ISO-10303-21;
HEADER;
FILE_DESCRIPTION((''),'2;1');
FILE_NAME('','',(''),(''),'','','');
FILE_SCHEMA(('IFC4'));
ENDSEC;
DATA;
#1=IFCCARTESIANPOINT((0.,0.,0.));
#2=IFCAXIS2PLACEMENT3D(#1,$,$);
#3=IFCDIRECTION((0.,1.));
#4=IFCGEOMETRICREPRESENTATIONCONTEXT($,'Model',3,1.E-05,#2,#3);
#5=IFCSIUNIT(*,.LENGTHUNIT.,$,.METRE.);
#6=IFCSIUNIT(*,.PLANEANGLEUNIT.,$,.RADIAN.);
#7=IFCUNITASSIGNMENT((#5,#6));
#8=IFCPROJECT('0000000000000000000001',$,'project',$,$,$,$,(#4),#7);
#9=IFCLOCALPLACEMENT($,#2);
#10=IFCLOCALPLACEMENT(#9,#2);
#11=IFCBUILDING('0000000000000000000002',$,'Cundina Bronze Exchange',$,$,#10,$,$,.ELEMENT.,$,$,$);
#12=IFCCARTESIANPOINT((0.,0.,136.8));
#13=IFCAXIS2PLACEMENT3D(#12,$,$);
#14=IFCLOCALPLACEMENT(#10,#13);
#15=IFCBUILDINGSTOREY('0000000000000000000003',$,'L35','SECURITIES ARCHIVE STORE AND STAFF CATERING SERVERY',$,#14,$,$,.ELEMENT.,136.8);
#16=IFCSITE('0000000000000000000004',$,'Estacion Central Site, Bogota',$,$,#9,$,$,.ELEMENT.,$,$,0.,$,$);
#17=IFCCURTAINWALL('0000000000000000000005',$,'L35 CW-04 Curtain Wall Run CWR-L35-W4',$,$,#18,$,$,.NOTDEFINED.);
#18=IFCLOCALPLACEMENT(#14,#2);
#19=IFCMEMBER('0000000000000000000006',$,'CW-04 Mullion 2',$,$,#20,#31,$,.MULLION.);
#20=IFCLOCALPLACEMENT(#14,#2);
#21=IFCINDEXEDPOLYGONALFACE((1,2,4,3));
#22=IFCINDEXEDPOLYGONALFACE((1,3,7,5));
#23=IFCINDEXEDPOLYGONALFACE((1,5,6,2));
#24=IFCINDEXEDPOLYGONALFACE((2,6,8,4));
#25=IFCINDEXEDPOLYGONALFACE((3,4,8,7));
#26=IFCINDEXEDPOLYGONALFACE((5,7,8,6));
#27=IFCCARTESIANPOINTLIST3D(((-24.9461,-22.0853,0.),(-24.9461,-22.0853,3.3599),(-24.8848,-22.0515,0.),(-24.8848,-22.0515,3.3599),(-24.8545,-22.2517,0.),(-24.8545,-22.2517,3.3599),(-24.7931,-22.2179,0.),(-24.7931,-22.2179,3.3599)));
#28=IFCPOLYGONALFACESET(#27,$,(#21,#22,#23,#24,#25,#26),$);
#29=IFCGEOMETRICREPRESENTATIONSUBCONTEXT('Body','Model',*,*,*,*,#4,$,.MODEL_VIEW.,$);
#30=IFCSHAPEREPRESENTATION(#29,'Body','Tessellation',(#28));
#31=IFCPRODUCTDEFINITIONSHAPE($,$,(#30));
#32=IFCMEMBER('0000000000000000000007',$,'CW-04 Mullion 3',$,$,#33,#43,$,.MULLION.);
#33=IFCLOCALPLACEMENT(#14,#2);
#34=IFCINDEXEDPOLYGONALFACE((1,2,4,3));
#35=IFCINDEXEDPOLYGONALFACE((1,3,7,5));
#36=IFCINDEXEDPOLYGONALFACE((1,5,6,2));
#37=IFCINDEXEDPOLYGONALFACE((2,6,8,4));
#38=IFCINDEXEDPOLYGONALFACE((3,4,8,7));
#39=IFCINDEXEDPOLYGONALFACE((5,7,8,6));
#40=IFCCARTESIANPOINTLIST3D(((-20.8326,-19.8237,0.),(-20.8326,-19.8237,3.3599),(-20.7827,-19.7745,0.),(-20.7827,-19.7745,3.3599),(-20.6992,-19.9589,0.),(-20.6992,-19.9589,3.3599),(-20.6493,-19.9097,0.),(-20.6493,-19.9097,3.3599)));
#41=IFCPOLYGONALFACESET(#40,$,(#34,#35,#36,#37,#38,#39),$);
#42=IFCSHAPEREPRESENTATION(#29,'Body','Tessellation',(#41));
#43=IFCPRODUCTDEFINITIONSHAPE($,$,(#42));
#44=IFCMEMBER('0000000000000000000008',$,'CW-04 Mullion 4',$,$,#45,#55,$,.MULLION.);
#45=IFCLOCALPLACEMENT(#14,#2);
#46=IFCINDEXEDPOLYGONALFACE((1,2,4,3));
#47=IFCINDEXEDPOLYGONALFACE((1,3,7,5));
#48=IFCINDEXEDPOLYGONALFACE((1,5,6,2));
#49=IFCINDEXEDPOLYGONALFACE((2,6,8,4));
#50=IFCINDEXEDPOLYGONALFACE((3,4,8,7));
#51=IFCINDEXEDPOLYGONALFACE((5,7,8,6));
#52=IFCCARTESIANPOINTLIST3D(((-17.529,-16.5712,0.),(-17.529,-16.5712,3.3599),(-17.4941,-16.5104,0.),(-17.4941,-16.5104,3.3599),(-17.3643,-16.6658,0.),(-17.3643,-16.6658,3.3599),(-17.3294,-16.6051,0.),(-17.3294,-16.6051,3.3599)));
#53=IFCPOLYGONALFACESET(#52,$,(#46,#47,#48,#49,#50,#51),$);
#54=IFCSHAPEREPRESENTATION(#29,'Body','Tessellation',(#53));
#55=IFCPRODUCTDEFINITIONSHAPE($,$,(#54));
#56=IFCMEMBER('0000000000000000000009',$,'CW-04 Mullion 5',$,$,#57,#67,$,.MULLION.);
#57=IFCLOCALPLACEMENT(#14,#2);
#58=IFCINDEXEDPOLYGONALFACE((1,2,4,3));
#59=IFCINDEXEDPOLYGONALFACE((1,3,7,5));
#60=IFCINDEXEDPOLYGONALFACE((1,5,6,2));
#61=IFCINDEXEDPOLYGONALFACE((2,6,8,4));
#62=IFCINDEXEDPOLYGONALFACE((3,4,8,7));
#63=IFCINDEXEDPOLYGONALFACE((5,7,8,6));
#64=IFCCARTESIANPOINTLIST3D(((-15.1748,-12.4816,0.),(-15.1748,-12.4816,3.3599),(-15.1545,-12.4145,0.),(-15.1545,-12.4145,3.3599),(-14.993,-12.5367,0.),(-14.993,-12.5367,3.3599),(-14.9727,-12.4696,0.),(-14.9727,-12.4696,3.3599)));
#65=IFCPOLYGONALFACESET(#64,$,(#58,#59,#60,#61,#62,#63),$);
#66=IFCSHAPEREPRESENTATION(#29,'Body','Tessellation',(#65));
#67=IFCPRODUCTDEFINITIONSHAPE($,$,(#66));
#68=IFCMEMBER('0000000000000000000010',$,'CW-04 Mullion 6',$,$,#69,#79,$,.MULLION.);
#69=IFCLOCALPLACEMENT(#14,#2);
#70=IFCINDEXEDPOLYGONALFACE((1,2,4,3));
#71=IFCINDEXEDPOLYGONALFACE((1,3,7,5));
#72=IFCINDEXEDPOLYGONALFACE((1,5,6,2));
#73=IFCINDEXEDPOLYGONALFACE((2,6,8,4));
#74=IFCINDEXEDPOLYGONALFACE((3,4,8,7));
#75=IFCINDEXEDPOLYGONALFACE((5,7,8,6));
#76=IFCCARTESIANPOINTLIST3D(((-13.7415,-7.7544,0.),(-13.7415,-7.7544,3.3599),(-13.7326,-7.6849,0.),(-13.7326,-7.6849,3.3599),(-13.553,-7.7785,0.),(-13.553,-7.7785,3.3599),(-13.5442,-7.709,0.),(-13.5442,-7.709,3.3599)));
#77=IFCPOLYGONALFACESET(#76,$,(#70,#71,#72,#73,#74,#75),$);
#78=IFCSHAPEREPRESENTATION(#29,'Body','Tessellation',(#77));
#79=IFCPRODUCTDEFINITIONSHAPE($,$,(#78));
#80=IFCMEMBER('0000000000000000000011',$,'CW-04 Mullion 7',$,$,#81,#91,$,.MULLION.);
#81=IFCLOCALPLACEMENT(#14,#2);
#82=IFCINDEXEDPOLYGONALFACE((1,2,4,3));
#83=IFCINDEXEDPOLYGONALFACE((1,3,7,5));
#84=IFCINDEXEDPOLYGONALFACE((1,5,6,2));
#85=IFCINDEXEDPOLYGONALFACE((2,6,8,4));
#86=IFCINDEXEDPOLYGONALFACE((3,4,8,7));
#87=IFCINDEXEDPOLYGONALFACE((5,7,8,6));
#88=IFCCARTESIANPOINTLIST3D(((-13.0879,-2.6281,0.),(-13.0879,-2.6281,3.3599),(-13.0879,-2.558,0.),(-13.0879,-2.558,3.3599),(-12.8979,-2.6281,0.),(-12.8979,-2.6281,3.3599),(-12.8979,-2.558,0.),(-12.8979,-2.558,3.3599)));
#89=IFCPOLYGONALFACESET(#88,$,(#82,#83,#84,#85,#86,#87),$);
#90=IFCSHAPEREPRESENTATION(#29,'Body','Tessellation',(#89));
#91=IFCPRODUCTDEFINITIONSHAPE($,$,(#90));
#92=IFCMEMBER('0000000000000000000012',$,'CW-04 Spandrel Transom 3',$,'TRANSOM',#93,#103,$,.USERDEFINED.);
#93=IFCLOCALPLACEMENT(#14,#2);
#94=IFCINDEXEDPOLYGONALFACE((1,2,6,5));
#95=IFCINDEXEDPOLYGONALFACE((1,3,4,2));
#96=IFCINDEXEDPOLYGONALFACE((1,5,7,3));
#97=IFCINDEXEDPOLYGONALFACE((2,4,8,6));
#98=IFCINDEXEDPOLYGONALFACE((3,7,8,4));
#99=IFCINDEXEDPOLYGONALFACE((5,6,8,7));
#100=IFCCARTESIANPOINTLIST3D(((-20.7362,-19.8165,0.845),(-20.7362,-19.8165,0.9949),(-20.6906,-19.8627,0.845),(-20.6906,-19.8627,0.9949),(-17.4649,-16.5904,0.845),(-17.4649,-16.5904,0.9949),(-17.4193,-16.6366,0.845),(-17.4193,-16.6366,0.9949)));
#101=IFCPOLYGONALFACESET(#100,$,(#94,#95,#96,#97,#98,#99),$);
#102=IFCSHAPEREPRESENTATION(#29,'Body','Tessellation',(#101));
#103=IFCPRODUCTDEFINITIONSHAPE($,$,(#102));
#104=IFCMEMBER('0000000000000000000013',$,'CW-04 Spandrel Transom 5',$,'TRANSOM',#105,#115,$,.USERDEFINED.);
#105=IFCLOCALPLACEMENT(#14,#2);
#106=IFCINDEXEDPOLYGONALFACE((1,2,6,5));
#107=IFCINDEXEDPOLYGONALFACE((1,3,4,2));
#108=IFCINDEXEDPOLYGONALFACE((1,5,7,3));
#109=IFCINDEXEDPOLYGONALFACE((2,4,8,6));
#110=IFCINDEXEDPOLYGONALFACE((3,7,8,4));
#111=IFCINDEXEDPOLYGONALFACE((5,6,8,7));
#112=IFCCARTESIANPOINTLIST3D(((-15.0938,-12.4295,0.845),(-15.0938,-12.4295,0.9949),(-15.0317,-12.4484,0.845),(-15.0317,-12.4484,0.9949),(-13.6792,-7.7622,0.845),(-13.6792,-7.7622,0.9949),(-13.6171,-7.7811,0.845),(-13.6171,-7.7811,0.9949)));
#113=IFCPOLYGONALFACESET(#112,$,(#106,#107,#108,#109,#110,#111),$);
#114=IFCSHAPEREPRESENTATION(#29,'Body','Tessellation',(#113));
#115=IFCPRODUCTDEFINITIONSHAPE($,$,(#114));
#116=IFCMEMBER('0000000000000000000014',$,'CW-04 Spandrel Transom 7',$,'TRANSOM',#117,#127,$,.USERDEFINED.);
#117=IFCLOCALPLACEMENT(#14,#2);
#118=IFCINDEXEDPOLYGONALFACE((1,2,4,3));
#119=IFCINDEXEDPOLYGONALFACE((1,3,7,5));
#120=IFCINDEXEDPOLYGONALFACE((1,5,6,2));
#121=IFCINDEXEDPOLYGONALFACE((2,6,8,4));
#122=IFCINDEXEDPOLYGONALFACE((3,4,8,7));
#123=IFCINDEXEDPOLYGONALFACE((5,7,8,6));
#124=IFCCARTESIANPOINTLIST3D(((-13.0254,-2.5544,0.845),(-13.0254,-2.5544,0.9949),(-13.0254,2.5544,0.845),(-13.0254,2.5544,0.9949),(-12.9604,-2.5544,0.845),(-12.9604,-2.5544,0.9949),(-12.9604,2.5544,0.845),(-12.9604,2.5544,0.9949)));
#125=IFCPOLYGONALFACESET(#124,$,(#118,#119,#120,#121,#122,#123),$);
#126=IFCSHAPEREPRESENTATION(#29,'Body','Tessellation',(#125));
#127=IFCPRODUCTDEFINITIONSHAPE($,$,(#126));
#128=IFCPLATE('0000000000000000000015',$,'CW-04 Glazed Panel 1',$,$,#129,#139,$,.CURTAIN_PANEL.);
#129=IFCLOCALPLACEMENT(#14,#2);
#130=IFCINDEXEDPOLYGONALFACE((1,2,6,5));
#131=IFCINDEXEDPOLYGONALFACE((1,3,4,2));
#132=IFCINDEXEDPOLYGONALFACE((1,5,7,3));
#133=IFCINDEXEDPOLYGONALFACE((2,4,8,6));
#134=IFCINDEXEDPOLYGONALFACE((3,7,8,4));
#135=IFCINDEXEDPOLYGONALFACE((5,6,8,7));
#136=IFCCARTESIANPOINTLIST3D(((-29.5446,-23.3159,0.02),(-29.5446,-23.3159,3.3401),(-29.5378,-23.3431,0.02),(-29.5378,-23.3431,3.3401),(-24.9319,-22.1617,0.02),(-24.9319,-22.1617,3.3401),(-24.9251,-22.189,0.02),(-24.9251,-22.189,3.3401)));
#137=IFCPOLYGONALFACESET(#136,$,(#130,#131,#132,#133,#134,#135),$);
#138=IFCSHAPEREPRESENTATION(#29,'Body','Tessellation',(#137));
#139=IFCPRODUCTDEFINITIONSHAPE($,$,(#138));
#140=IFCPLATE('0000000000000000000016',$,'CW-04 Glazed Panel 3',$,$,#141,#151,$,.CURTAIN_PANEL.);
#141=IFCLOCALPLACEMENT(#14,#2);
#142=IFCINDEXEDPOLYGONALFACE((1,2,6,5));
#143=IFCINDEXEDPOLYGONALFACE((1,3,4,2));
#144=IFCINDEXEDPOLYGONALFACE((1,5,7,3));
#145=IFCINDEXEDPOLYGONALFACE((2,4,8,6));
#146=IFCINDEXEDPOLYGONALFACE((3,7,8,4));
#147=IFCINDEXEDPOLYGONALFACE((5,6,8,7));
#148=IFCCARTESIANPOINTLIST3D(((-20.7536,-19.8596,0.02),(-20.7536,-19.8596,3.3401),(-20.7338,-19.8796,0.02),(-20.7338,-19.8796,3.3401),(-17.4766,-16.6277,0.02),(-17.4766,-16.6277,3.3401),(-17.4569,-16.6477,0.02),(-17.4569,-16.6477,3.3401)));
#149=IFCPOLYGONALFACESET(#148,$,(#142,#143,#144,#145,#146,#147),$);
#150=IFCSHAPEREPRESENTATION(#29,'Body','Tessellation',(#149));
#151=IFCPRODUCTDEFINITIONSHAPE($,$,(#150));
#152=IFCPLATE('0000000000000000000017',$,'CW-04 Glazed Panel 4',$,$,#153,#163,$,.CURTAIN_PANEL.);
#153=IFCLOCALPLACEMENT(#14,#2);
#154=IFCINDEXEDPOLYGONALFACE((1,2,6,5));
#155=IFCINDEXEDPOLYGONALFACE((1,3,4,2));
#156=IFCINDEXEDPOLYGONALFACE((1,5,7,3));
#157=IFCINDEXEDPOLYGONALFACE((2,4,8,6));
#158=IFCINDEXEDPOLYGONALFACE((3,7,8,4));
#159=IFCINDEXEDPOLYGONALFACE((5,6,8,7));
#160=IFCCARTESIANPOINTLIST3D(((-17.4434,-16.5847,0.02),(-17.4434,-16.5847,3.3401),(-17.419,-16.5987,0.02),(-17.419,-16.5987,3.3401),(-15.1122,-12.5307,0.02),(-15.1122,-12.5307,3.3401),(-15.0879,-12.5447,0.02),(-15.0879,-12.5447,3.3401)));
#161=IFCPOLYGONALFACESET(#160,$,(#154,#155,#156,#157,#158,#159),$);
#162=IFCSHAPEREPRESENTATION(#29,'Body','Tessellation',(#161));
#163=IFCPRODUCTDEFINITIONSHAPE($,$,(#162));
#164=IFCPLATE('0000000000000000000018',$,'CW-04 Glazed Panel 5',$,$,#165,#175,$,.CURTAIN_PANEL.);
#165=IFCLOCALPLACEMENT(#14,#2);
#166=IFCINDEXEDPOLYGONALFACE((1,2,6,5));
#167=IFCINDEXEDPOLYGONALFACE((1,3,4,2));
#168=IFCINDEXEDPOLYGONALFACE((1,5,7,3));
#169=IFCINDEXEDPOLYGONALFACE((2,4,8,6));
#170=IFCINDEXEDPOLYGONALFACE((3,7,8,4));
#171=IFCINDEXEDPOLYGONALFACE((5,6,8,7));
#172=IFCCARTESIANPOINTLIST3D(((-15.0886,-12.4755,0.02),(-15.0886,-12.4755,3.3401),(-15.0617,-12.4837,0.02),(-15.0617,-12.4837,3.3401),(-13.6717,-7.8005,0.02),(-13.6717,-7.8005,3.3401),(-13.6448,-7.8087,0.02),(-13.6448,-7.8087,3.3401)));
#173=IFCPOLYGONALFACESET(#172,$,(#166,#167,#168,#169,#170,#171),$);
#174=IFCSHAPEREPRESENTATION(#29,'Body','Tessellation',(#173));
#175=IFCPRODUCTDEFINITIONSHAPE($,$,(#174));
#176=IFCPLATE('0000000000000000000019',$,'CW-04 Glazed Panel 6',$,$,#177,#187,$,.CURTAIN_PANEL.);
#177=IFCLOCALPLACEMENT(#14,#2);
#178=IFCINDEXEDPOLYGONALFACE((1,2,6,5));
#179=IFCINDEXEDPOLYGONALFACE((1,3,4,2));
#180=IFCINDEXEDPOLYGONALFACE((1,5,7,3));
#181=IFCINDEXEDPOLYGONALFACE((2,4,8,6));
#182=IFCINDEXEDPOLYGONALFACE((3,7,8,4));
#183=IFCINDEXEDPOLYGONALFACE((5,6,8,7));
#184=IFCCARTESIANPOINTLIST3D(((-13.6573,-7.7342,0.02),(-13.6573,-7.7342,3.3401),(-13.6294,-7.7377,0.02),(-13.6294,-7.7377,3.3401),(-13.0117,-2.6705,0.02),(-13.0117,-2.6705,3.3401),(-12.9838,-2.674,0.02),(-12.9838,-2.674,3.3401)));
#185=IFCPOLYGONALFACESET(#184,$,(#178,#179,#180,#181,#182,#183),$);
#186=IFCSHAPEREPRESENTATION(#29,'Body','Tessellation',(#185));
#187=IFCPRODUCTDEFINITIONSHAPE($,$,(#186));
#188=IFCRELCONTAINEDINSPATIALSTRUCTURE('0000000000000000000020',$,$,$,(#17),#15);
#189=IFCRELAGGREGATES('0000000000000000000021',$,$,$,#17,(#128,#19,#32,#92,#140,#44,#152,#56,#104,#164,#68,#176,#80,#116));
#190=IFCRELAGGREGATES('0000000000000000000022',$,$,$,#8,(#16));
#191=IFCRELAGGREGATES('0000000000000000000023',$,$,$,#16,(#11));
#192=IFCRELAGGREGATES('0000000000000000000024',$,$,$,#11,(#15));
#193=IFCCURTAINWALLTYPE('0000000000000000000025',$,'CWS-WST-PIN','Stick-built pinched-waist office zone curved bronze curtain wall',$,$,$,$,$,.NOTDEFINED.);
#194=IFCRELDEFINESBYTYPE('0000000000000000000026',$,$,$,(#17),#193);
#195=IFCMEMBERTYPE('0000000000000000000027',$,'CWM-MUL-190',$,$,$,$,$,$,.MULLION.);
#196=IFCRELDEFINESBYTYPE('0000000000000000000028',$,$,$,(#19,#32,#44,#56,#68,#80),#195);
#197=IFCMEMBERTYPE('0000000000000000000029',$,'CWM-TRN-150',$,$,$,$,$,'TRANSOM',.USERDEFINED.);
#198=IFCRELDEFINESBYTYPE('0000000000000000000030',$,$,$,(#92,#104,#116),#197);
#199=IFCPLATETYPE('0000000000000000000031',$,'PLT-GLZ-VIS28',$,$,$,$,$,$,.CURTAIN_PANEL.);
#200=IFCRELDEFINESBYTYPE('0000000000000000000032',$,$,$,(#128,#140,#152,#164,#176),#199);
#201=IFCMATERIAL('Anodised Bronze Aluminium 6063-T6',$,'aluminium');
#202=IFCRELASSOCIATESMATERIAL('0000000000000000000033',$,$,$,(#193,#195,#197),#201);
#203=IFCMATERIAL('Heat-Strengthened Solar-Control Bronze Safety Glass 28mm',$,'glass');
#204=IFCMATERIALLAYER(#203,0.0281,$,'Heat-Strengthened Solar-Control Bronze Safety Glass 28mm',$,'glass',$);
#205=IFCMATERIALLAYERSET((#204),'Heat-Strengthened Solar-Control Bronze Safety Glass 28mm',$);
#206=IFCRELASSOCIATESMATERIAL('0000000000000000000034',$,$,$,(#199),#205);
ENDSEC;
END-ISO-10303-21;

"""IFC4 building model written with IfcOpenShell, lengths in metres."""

from ifc_helpers import new_model, si_unit, direction, frame, origin, origin_2d, place, context, subcontext, project, spatial, rectangle, extrude, material, layer, layer_set, material_profile, profile_set, type_object, element, aggregate, save


model = new_model("IFC4")

# Units and contexts
model_context = context("Model", 3, precision=1e-05, world=origin(), true_north=direction((0.0, 1.0)))
body_context = subcontext(model_context, "Body", "Model", "MODEL_VIEW")
ifc_project = project(units=[si_unit("LENGTHUNIT", "METRE"), si_unit("PLANEANGLEUNIT", "RADIAN")], contexts=[model_context])

# Site, building, storey
site_placement = place(None, origin())
site = spatial("IfcSite", under=ifc_project, at=site_placement, Name="Estacion Central Site, Bogota", CompositionType="ELEMENT", RefElevation=0.0)
building_placement = place(site_placement, origin())
building = spatial("IfcBuilding", under=site, at=building_placement, Name="Cundina Bronze Exchange", CompositionType="ELEMENT")
storey_placement = place(building_placement, frame((0.0, 0.0, 136.8)))
storey = spatial("IfcBuildingStorey", under=building, at=storey_placement, Name="L35", Description="SECURITIES ARCHIVE STORE AND STAFF CATERING SERVERY", CompositionType="ELEMENT", Elevation=136.8)

# Curtain wall, members, plates
ifc_material_1 = material(Name="Anodised Bronze Aluminium 6063-T6", Category="aluminium")
curtain_wall_type = type_object("IfcCurtainWallType", Name="CWS-WST-PIN", Description="Stick-built pinched-waist office zone curved bronze curtain wall", PredefinedType="NOTDEFINED", material=ifc_material_1)
curtain_wall_placement = place(storey_placement, origin())
curtain_wall = element("IfcCurtainWall", 1, at=curtain_wall_placement, inside=storey, type_object=curtain_wall_type, Name="L35 CW-04 Curtain Wall Run CWR-L35-W4", PredefinedType="NOTDEFINED")
ifc_material_profile_1 = material_profile(ifc_material_1, rectangle(XDim=0.0701, YDim=0.1899, at=origin_2d()), Name="AL70X190", Category="aluminium")
ifc_profile_set_1 = profile_set([ifc_material_profile_1], Name="Anodised Bronze Aluminium 6063-T6")
member_type_1 = type_object("IfcMemberType", Name="CWM-MUL-190", PredefinedType="MULLION", material=ifc_profile_set_1)
member_1_placement = place(storey_placement, frame((-24.8696, -22.1516, 0.0), z_axis=(0.0, 0.0, 1.0), x_axis=(0.875886, 0.482518, 0.0)))
member_1 = element("IfcMember", 2, at=member_1_placement, type_object=member_type_1, Name="CW-04 Mullion 2", PredefinedType="MULLION", context=body_context, shape_type="SweptSolid", body=[
    extrude(rectangle(XDim=0.0701, YDim=0.1899, at=origin_2d()), origin(), (0.0, 0.0, 1.0), 3.3599),
])
member_2_placement = place(storey_placement, frame((-20.741, -19.8667, 0.0), z_axis=(0.0, 0.0, 1.0), x_axis=(0.712026, 0.702153, 0.0)))
member_2 = element("IfcMember", 3, at=member_2_placement, type_object=member_type_1, Name="CW-04 Mullion 3", PredefinedType="MULLION", context=body_context, shape_type="SweptSolid", body=[
    extrude(rectangle(XDim=0.0701, YDim=0.1899, at=origin_2d()), origin(), (0.0, 0.0, 1.0), 3.3599),
])
member_3_placement = place(storey_placement, frame((-17.4292, -16.5881, 0.0), z_axis=(0.0, 0.0, 1.0), x_axis=(0.498488, 0.866897, 0.0)))
member_3 = element("IfcMember", 4, at=member_3_placement, type_object=member_type_1, Name="CW-04 Mullion 4", PredefinedType="MULLION", context=body_context, shape_type="SweptSolid", body=[
    extrude(rectangle(XDim=0.0701, YDim=0.1899, at=origin_2d()), origin(), (0.0, 0.0, 1.0), 3.3599),
])
member_4_placement = place(storey_placement, frame((-15.0737, -12.4756, 0.0), z_axis=(0.0, 0.0, 1.0), x_axis=(0.290034, 0.957016, 0.0)))
member_4 = element("IfcMember", 5, at=member_4_placement, type_object=member_type_1, Name="CW-04 Mullion 5", PredefinedType="MULLION", context=body_context, shape_type="SweptSolid", body=[
    extrude(rectangle(XDim=0.0701, YDim=0.1899, at=origin_2d()), origin(), (0.0, 0.0, 1.0), 3.3599),
])
member_5_placement = place(storey_placement, frame((-13.6428, -7.7317, 0.0), z_axis=(0.0, 0.0, 1.0), x_axis=(0.126545, 0.991961, 0.0)))
member_5 = element("IfcMember", 6, at=member_5_placement, type_object=member_type_1, Name="CW-04 Mullion 6", PredefinedType="MULLION", context=body_context, shape_type="SweptSolid", body=[
    extrude(rectangle(XDim=0.0701, YDim=0.1899, at=origin_2d()), origin(), (0.0, 0.0, 1.0), 3.3599),
])
member_6_placement = place(storey_placement, frame((-12.9929, -2.593, 0.0), z_axis=(0.0, 0.0, 1.0), x_axis=(0.0, 1.0, 0.0)))
member_6 = element("IfcMember", 7, at=member_6_placement, type_object=member_type_1, Name="CW-04 Mullion 7", PredefinedType="MULLION", context=body_context, shape_type="SweptSolid", body=[
    extrude(rectangle(XDim=0.0701, YDim=0.1899, at=origin_2d()), origin(), (0.0, 0.0, 1.0), 3.3599),
])
ifc_material_profile_2 = material_profile(ifc_material_1, rectangle(XDim=0.0649, YDim=0.1499, at=origin_2d()), Name="AL65X150", Category="aluminium")
ifc_profile_set_2 = profile_set([ifc_material_profile_2], Name="Anodised Bronze Aluminium 6063-T6")
member_type_2 = type_object("IfcMemberType", Name="CWM-TRN-150", ElementType="TRANSOM", PredefinedType="USERDEFINED", material=ifc_profile_set_2)
member_7_placement = place(storey_placement, frame((-20.7134, -19.8396, 0.9199), z_axis=(0.712005, 0.702174, 0.0), x_axis=(-0.702174, 0.712005, 0.0)))
member_7 = element("IfcMember", 8, at=member_7_placement, type_object=member_type_2, Name="CW-04 Spandrel Transom 3", ObjectType="TRANSOM", PredefinedType="USERDEFINED", context=body_context, shape_type="SweptSolid", body=[
    extrude(rectangle(XDim=0.0649, YDim=0.1499, at=origin_2d()), origin(), (0.0, 0.0, 1.0), 4.5945),
])
member_8_placement = place(storey_placement, frame((-15.0627, -12.439, 0.9199), z_axis=(0.290052, 0.957011, 0.0), x_axis=(-0.957011, 0.290052, 0.0)))
member_8 = element("IfcMember", 9, at=member_8_placement, type_object=member_type_2, Name="CW-04 Spandrel Transom 5", ObjectType="TRANSOM", PredefinedType="USERDEFINED", context=body_context, shape_type="SweptSolid", body=[
    extrude(rectangle(XDim=0.0649, YDim=0.1499, at=origin_2d()), origin(), (0.0, 0.0, 1.0), 4.877),
])
member_9_placement = place(storey_placement, frame((-12.9929, -2.5544, 0.9199), z_axis=(0.0, 1.0, 0.0), x_axis=(-1.0, 0.0, 0.0)))
member_9 = element("IfcMember", 10, at=member_9_placement, type_object=member_type_2, Name="CW-04 Spandrel Transom 7", ObjectType="TRANSOM", PredefinedType="USERDEFINED", context=body_context, shape_type="SweptSolid", body=[
    extrude(rectangle(XDim=0.0649, YDim=0.1499, at=origin_2d()), origin(), (0.0, 0.0, 1.0), 5.1089),
])
ifc_material_2 = material(Name="Heat-Strengthened Solar-Control Bronze Safety Glass 28mm", Category="glass")
ifc_layer_1 = layer(ifc_material_2, 0.0281, Name="Heat-Strengthened Solar-Control Bronze Safety Glass 28mm", Category="glass")
ifc_layer_set_1 = layer_set([ifc_layer_1], Name="Heat-Strengthened Solar-Control Bronze Safety Glass 28mm")
plate_type_1 = type_object("IfcPlateType", Name="PLT-GLZ-VIS28", PredefinedType="CURTAIN_PANEL", material=ifc_layer_set_1)
plate_1_placement = place(storey_placement, frame((-27.2349, -22.7524, 0.02), z_axis=(0.0, 0.0, 1.0), x_axis=(0.970093, 0.242735, 0.0)))
plate_1 = element("IfcPlate", 11, at=plate_1_placement, type_object=plate_type_1, Name="CW-04 Glazed Panel 1", PredefinedType="CURTAIN_PANEL", context=body_context, shape_type="SweptSolid", body=[
    extrude(rectangle(XDim=4.7549, YDim=0.0281, at=origin_2d()), origin(), (0.0, 0.0, 1.0), 3.3201),
])
plate_2_placement = place(storey_placement, frame((-19.1052, -18.2537, 0.02), z_axis=(0.0, 0.0, 1.0), x_axis=(0.711989, 0.70219, 0.0)))
plate_2 = element("IfcPlate", 12, at=plate_2_placement, type_object=plate_type_1, Name="CW-04 Glazed Panel 3", PredefinedType="CURTAIN_PANEL", context=body_context, shape_type="SweptSolid", body=[
    extrude(rectangle(XDim=4.6025, YDim=0.0281, at=origin_2d()), origin(), (0.0, 0.0, 1.0), 3.3201),
])
plate_3_placement = place(storey_placement, frame((-16.2656, -14.5647, 0.02), z_axis=(0.0, 0.0, 1.0), x_axis=(0.498488, 0.866897, 0.0)))
plate_3 = element("IfcPlate", 13, at=plate_3_placement, type_object=plate_type_1, Name="CW-04 Glazed Panel 4", PredefinedType="CURTAIN_PANEL", context=body_context, shape_type="SweptSolid", body=[
    extrude(rectangle(XDim=4.6765, YDim=0.0281, at=origin_2d()), origin(), (0.0, 0.0, 1.0), 3.3201),
])
plate_4_placement = place(storey_placement, frame((-14.3667, -10.1421, 0.02), z_axis=(0.0, 0.0, 1.0), x_axis=(0.290051, 0.957011, 0.0)))
plate_4 = element("IfcPlate", 14, at=plate_4_placement, type_object=plate_type_1, Name="CW-04 Glazed Panel 5", PredefinedType="CURTAIN_PANEL", context=body_context, shape_type="SweptSolid", body=[
    extrude(rectangle(XDim=4.885, YDim=0.0281, at=origin_2d()), origin(), (0.0, 0.0, 1.0), 3.3201),
])
plate_5_placement = place(storey_placement, frame((-13.3206, -5.2041, 0.02), z_axis=(0.0, 0.0, 1.0), x_axis=(0.126476, 0.99197, 0.0)))
plate_5 = element("IfcPlate", 15, at=plate_5_placement, type_object=plate_type_1, Name="CW-04 Glazed Panel 6", PredefinedType="CURTAIN_PANEL", context=body_context, shape_type="SweptSolid", body=[
    extrude(rectangle(XDim=5.1047, YDim=0.0281, at=origin_2d()), origin(), (0.0, 0.0, 1.0), 3.3201),
])
aggregate(curtain_wall, [plate_1, member_1, member_2, member_7, plate_2, member_3, plate_3, member_4, member_8, plate_4, member_5, plate_5, member_6, member_9])

save(model, "model.ifc")
